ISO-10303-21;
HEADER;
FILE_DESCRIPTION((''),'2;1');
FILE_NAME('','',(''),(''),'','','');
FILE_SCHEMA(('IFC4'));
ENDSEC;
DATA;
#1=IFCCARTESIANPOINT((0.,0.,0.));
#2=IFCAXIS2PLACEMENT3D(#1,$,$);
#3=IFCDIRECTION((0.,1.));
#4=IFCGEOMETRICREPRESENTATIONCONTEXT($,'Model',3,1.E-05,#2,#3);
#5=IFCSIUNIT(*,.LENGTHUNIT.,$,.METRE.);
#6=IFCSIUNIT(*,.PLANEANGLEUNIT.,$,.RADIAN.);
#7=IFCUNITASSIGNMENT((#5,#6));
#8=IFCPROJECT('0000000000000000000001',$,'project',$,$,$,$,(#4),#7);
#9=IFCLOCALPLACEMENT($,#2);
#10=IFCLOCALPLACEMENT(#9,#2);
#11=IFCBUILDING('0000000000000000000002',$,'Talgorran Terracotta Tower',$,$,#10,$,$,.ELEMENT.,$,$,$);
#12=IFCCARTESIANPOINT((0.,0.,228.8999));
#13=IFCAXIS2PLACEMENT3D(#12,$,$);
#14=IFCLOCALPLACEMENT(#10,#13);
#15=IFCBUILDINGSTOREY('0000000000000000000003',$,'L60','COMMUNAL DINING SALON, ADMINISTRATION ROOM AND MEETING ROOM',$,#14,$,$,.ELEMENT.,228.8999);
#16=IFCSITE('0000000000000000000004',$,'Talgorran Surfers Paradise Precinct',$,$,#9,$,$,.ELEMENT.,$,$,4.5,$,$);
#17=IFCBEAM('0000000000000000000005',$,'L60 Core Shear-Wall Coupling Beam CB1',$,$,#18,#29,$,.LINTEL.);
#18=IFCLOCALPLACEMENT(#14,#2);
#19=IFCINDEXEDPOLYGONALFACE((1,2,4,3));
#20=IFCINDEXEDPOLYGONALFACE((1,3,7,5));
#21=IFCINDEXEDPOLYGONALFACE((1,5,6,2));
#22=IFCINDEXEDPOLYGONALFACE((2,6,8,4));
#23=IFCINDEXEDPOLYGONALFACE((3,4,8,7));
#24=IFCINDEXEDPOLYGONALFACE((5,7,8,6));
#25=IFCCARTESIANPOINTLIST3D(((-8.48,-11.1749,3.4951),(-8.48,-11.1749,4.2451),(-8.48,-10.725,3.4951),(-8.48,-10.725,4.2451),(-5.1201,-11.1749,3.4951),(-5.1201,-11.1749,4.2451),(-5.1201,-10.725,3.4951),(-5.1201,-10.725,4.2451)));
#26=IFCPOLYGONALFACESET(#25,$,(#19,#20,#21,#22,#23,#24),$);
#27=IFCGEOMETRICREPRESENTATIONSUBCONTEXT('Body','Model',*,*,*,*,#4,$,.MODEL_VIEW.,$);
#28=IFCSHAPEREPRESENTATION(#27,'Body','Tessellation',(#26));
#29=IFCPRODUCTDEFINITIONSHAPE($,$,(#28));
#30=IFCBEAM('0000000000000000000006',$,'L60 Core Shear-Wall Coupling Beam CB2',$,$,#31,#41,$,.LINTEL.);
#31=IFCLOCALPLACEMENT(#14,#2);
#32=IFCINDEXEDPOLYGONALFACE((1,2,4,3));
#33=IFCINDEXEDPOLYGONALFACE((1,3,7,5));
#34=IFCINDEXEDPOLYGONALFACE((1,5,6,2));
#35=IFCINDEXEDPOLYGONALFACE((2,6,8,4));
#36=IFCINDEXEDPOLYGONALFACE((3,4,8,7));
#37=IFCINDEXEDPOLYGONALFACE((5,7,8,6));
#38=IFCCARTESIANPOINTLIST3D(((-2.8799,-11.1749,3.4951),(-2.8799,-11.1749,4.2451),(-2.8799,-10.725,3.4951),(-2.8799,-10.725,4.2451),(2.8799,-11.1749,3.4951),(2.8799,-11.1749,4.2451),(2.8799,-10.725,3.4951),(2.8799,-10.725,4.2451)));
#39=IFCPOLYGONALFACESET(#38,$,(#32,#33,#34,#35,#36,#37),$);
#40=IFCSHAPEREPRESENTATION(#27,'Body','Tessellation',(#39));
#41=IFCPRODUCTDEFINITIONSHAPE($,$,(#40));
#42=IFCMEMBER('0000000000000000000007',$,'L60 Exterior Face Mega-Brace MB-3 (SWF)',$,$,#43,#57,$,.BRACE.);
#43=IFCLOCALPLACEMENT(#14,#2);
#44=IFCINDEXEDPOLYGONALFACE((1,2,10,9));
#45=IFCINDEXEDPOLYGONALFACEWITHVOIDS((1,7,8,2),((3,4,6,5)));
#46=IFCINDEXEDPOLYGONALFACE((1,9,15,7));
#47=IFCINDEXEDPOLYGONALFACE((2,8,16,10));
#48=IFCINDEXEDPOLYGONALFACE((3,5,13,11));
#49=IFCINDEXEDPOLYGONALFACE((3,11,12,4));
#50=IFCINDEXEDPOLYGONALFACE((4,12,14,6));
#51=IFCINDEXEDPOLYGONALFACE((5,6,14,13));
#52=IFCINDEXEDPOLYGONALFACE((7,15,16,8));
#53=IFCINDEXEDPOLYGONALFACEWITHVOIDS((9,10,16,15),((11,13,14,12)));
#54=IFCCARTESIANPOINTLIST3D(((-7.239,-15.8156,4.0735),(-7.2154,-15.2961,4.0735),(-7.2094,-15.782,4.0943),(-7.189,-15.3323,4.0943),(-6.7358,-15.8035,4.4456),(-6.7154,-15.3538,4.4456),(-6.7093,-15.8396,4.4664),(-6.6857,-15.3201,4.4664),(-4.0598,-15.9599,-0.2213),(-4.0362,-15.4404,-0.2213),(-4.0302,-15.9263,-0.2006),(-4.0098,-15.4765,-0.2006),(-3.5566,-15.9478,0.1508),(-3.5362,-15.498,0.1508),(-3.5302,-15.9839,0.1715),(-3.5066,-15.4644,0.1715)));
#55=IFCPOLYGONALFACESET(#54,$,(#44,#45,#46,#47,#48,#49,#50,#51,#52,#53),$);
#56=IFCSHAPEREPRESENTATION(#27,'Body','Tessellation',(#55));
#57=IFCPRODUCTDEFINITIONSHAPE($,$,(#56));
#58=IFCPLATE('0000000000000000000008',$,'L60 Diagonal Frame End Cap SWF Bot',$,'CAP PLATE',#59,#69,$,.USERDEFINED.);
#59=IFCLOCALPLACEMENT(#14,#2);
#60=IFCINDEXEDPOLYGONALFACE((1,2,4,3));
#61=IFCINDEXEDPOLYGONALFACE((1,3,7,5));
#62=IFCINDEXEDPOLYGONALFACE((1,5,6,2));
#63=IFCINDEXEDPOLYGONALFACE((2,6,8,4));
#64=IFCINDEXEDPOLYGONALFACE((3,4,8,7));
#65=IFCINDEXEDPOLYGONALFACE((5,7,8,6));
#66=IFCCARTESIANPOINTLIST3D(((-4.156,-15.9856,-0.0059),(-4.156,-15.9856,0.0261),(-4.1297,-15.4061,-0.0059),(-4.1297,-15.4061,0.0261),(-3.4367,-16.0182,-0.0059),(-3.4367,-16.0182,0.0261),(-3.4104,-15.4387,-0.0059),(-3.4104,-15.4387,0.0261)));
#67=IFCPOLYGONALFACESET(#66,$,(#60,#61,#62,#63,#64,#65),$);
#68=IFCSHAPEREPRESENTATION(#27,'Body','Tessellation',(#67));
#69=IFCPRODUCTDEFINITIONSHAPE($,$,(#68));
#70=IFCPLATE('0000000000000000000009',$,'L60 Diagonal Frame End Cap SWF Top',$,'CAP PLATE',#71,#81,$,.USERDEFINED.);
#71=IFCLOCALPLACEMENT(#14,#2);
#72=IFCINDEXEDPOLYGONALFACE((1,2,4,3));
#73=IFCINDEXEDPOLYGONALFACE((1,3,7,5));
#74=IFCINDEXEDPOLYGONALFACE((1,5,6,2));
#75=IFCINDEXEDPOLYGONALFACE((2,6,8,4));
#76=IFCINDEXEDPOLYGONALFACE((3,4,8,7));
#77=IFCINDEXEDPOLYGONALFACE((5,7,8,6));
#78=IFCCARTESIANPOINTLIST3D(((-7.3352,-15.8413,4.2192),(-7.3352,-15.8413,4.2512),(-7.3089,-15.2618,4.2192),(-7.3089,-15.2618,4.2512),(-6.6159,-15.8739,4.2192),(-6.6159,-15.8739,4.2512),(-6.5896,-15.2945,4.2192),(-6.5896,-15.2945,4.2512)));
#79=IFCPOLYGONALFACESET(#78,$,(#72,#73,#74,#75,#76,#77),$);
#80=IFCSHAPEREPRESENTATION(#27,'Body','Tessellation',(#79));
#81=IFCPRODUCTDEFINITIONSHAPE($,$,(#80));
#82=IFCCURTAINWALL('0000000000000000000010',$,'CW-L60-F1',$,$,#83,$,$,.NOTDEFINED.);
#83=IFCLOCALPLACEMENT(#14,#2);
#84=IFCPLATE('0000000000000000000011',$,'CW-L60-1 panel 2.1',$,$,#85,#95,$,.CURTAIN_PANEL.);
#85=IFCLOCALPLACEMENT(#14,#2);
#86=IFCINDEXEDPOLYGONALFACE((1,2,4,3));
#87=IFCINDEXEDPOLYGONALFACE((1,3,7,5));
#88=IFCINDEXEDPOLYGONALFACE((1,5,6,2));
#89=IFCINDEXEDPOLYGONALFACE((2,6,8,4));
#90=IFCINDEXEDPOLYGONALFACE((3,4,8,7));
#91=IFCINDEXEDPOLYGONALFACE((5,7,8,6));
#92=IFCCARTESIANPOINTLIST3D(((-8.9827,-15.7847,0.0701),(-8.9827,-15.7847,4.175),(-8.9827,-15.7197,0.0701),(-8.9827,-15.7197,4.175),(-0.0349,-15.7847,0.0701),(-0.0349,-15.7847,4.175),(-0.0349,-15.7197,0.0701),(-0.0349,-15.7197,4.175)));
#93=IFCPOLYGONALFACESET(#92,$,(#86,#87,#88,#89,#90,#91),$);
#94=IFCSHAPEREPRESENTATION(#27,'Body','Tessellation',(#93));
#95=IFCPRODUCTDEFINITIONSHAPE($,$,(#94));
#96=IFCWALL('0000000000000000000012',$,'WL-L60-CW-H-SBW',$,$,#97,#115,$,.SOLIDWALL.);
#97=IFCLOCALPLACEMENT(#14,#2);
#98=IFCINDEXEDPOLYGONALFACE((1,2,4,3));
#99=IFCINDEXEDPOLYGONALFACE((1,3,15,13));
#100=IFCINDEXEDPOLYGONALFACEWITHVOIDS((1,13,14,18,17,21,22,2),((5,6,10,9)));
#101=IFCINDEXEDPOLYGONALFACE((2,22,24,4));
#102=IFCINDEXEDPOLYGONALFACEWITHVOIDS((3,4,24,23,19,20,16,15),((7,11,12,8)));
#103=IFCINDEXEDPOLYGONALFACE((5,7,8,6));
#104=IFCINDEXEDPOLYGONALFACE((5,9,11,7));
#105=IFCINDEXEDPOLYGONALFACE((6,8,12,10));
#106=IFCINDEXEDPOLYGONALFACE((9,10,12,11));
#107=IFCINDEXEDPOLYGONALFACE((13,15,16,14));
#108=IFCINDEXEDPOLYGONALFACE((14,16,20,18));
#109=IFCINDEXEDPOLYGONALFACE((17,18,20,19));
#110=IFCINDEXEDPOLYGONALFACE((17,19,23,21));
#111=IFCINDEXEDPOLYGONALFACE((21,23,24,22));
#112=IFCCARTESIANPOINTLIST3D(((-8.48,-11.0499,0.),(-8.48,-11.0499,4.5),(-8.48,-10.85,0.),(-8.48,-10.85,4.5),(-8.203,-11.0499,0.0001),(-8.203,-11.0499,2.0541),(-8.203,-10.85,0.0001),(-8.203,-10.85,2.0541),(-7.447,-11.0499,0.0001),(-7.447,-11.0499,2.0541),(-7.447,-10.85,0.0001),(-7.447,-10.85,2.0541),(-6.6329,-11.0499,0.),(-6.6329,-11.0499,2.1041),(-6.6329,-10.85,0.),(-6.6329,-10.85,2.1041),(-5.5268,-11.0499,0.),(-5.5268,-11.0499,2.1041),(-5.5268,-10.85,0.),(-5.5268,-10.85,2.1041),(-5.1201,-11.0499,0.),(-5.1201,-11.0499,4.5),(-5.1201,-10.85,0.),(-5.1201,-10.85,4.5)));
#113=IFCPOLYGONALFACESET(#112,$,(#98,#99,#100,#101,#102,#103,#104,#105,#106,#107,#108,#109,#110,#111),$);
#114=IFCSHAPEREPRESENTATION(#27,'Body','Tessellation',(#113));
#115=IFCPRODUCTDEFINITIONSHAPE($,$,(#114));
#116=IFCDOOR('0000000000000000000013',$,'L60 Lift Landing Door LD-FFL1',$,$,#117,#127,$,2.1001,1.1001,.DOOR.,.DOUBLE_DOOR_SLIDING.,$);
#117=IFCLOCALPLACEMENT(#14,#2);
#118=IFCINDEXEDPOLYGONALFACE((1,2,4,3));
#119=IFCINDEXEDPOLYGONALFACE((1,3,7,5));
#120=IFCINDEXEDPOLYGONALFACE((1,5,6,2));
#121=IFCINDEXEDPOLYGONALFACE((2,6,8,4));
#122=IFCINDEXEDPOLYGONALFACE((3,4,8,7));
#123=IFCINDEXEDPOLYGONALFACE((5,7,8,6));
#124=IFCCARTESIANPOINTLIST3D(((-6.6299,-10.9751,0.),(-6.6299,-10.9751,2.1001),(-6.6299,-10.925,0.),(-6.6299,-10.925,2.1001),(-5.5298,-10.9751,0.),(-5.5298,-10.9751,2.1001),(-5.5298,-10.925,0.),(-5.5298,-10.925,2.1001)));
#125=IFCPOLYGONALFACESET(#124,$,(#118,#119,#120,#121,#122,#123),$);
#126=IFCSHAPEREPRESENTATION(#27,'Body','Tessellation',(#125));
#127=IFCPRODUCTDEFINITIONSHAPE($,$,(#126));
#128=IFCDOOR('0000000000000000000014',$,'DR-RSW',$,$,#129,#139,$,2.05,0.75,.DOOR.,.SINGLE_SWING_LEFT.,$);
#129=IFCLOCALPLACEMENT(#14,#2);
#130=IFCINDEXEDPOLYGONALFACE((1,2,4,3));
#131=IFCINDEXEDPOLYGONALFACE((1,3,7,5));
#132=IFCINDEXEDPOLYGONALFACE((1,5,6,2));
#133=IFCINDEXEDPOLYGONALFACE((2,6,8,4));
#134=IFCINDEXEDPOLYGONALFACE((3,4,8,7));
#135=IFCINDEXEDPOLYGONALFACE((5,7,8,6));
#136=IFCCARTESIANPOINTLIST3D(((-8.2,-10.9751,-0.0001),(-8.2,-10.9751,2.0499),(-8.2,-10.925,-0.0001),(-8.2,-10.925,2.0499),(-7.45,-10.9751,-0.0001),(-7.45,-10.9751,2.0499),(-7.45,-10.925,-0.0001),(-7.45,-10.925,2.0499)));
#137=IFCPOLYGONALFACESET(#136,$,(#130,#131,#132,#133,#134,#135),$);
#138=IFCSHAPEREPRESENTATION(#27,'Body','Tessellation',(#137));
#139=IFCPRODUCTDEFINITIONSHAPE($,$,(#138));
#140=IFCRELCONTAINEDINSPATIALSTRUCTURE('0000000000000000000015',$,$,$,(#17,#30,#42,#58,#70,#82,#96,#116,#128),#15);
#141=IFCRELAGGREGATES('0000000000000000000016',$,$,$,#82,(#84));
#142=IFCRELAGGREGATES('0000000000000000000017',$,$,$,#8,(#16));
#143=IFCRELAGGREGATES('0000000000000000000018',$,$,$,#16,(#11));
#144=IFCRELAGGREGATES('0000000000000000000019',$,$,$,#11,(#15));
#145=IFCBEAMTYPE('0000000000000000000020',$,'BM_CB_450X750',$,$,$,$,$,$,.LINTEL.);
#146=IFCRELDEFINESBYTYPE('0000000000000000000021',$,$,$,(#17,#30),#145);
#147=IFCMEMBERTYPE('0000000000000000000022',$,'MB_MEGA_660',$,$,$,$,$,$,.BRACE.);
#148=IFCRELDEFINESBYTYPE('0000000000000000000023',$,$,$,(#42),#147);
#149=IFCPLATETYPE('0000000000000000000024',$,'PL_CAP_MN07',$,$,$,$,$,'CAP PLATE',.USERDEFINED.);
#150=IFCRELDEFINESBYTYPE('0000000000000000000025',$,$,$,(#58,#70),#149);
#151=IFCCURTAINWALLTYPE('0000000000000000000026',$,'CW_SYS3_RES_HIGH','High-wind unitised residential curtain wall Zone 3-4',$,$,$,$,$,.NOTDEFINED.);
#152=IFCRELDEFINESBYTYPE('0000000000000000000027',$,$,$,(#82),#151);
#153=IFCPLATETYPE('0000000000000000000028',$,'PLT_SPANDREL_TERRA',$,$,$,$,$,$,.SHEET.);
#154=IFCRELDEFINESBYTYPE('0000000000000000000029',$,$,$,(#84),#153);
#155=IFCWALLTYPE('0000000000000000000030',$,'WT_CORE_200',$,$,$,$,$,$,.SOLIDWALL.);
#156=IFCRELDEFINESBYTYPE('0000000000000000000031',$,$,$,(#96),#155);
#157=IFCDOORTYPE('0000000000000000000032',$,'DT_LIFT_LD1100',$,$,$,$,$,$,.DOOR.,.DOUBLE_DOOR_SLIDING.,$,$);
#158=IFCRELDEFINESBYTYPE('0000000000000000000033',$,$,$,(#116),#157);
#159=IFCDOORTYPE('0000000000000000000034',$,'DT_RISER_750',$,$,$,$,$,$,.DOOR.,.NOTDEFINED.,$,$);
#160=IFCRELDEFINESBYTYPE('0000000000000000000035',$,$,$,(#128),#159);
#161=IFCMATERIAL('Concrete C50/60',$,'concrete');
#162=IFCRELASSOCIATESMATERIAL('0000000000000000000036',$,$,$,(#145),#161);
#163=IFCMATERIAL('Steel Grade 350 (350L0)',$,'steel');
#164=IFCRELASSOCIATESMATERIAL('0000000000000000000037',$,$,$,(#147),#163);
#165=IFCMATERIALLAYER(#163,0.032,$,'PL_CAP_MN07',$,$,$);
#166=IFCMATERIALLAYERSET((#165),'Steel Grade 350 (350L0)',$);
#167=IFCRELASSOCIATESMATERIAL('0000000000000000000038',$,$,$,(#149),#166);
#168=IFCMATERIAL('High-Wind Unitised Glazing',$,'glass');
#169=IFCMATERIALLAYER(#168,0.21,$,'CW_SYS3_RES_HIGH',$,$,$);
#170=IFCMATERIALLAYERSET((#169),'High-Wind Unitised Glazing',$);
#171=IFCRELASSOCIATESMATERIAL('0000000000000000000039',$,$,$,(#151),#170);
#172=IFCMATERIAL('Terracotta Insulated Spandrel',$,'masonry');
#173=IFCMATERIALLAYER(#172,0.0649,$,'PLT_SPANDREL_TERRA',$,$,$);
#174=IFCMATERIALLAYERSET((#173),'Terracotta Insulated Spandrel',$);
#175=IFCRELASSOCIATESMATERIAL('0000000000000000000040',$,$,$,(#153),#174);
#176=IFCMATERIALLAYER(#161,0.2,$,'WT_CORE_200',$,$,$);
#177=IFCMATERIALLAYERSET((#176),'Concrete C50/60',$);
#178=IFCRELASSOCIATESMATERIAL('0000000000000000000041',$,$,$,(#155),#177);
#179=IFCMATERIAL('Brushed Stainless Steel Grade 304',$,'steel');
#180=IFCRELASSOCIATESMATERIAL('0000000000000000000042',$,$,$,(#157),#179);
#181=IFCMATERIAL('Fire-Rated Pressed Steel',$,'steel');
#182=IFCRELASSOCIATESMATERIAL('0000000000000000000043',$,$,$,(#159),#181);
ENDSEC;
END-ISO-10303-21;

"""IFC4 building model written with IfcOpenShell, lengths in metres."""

from ifc_helpers import new_model, si_unit, direction, frame, frame_2d, origin, origin_2d, place, context, subcontext, project, spatial, rectangle, hollow_rectangle, extrude, source, transform, mapped, material, layer, layer_set, material_profile, profile_set, type_object, type_shapes, element, fill, aggregate, save


model = new_model("IFC4")

# Units and contexts
model_context = context("Model", 3, precision=1e-05, world=origin(), true_north=direction((0.0, 1.0)))
body_context = subcontext(model_context, "Body", "Model", "MODEL_VIEW")
ifc_project = project(units=[si_unit("LENGTHUNIT", "METRE"), si_unit("PLANEANGLEUNIT", "RADIAN")], contexts=[model_context])

# Site, building, storey
site_placement = place(None, origin())
site = spatial("IfcSite", under=ifc_project, at=site_placement, Name="Talgorran Surfers Paradise Precinct", CompositionType="ELEMENT", RefElevation=4.5)
building_placement = place(site_placement, origin())
building = spatial("IfcBuilding", under=site, at=building_placement, Name="Talgorran Terracotta Tower", CompositionType="ELEMENT")
storey_placement = place(building_placement, frame((0.0, 0.0, 228.8999)))
storey = spatial("IfcBuildingStorey", under=building, at=storey_placement, Name="L60", Description="COMMUNAL DINING SALON, ADMINISTRATION ROOM AND MEETING ROOM", CompositionType="ELEMENT", Elevation=228.8999)

# Beams
ifc_material_1 = material(Name="Concrete C50/60", Category="concrete")
ifc_material_profile_1 = material_profile(ifc_material_1, rectangle(XDim=0.45, YDim=0.75, at=origin_2d()), Name="RCCB450X750")
ifc_profile_set_1 = profile_set([ifc_material_profile_1], Name="Concrete C50/60")
beam_type = type_object("IfcBeamType", Name="BM_CB_450X750", PredefinedType="LINTEL", material=ifc_profile_set_1)
beam_1_placement = place(storey_placement, frame((-8.48, -10.95, 3.8701), z_axis=(1.0, 0.0, 0.0), x_axis=(0.0, 1.0, 0.0)))
element("IfcBeam", 1, at=beam_1_placement, inside=storey, type_object=beam_type, Name="L60 Core Shear-Wall Coupling Beam CB1", PredefinedType="LINTEL", context=body_context, shape_type="SweptSolid", body=[
    extrude(rectangle(XDim=0.45, YDim=0.75, at=origin_2d()), origin(), (0.0, 0.0, 1.0), 3.3599),
])
beam_2_placement = place(storey_placement, frame((-2.8799, -10.95, 3.8701), z_axis=(1.0, 0.0, 0.0), x_axis=(0.0, 1.0, 0.0)))
element("IfcBeam", 2, at=beam_2_placement, inside=storey, type_object=beam_type, Name="L60 Core Shear-Wall Coupling Beam CB2", PredefinedType="LINTEL", context=body_context, shape_type="SweptSolid", body=[
    extrude(rectangle(XDim=0.45, YDim=0.75, at=origin_2d()), origin(), (0.0, 0.0, 1.0), 5.7598),
])

# Member
ifc_material_2 = material(Name="Steel Grade 350 (350L0)", Category="steel")
ifc_material_profile_2 = material_profile(ifc_material_2, hollow_rectangle(XDim=0.52, YDim=0.6599, WallThickness=0.0349, at=origin_2d()), Name="WBOX660X520X35")
ifc_profile_set_2 = profile_set([ifc_material_profile_2], Name="Steel Grade 350 (350L0)")
member_type = type_object("IfcMemberType", Name="MB_MEGA_660", PredefinedType="BRACE", material=ifc_profile_set_2)
member_placement = place(storey_placement, frame((-3.7832, -15.7122, -0.0249), z_axis=(-0.594742, 0.026992, 0.803463), x_axis=(-0.045338, -0.998972, 0.0)))
element("IfcMember", 3, at=member_placement, inside=storey, type_object=member_type, Name="L60 Exterior Face Mega-Brace MB-3 (SWF)", PredefinedType="BRACE", context=body_context, shape_type="SweptSolid", body=[
    extrude(hollow_rectangle(XDim=0.52, YDim=0.6599, WallThickness=0.0349, at=origin_2d()), origin(), (0.0, 0.0, 1.0), 5.3455),
])

# Plates
ifc_layer_1 = layer(ifc_material_2, 0.032, Name="PL_CAP_MN07")
ifc_layer_set_1 = layer_set([ifc_layer_1], Name="Steel Grade 350 (350L0)")
plate_type_1 = type_object("IfcPlateType", Name="PL_CAP_MN07", ElementType="CAP PLATE", PredefinedType="USERDEFINED", material=ifc_layer_set_1)
for number, where, z_axis, x_axis, name in (
    (4, (-3.7832, -15.7122, -0.0059), (0.0, 0.0, 1.0), (-0.998971, 0.045363, 0.0), "L60 Diagonal Frame End Cap SWF Bot"),
    (5, (-6.9624, -15.5679, 4.2192), (0.0, 0.0, 1.0), (-0.998971, 0.045363, 0.0), "L60 Diagonal Frame End Cap SWF Top"),
):
    element("IfcPlate", number, at=place(storey_placement, frame(where, z_axis=z_axis, x_axis=x_axis)), inside=storey, type_object=plate_type_1, Name=name, ObjectType="CAP PLATE", PredefinedType="USERDEFINED", context=body_context, shape_type="SweptSolid", body=[
        extrude(rectangle(XDim=0.72, YDim=0.5801, at=origin_2d()), origin(), (0.0, 0.0, 1.0), 0.032),
    ])

# Curtain wall, plate
ifc_material_3 = material(Name="High-Wind Unitised Glazing", Category="glass")
ifc_layer_2 = layer(ifc_material_3, 0.21, Name="CW_SYS3_RES_HIGH")
ifc_layer_set_2 = layer_set([ifc_layer_2], Name="High-Wind Unitised Glazing")
curtain_wall_type = type_object("IfcCurtainWallType", Name="CW_SYS3_RES_HIGH", Description="High-wind unitised residential curtain wall Zone 3-4", PredefinedType="NOTDEFINED", material=ifc_layer_set_2)
curtain_wall_placement = place(storey_placement, origin())
curtain_wall = element("IfcCurtainWall", 6, at=curtain_wall_placement, inside=storey, type_object=curtain_wall_type, Name="CW-L60-F1", PredefinedType="NOTDEFINED")
ifc_material_4 = material(Name="Terracotta Insulated Spandrel", Category="masonry")
ifc_layer_3 = layer(ifc_material_4, 0.0649, Name="PLT_SPANDREL_TERRA")
ifc_layer_set_3 = layer_set([ifc_layer_3], Name="Terracotta Insulated Spandrel")
plate_type_2 = type_object("IfcPlateType", Name="PLT_SPANDREL_TERRA", PredefinedType="SHEET", material=ifc_layer_set_3)
shared_shape = source(origin(), body_context, "Body", "SweptSolid", [
    extrude(rectangle(XDim=8.9478, YDim=0.0649, at=origin_2d()), origin(), (0.0, 0.0, 1.0), 4.105),
])
type_shapes(plate_type_2, [shared_shape])
plate_placement = place(storey_placement, frame((-4.5088, -15.7522, 0.0701), z_axis=(0.0, 0.0, 1.0), x_axis=(1.0, 0.0, 0.0)))
plate = element("IfcPlate", 7, at=plate_placement, type_object=plate_type_2, Name="CW-L60-1 panel 2.1", PredefinedType="CURTAIN_PANEL", context=body_context, shape_type="MappedRepresentation", body=[
    mapped(shared_shape, transform((0.0, 0.0, 0.0), scale=1.0)),
])
aggregate(curtain_wall, [plate])

# Wall, openings, doors
ifc_layer_4 = layer(ifc_material_1, 0.2, Name="WT_CORE_200")
ifc_layer_set_4 = layer_set([ifc_layer_4], Name="Concrete C50/60")
wall_type_1 = type_object("IfcWallType", Name="WT_CORE_200", PredefinedType="SOLIDWALL", material=ifc_layer_set_4)
wall_1_placement = place(storey_placement, frame((-8.48, -10.95, 0.0), z_axis=(0.0, 0.0, 1.0), x_axis=(1.0, 0.0, 0.0)))
wall_1 = element("IfcWall", 8, at=wall_1_placement, inside=storey, type_object=wall_type_1, Name="WL-L60-CW-H-SBW", PredefinedType="SOLIDWALL", context=body_context, shape_type="SweptSolid", body=[
    extrude(rectangle(XDim=3.3599, YDim=0.2, at=frame_2d((1.6799, 0.0))), origin(), (0.0, 0.0, 1.0), 4.5),
])
opening_1_placement = place(wall_1_placement, frame((0.28, 0.0, 0.0)))
opening_1 = element("IfcOpeningElement", 9, at=opening_1_placement, cuts=wall_1, PredefinedType="OPENING", context=body_context, shape_type="SweptSolid", body=[
    extrude(rectangle(XDim=0.756, YDim=2.054, at=frame_2d((0.375, 1.0271))), frame((0.0, 0.1099, 0.0), z_axis=(0.0, -1.0, 0.0), x_axis=(1.0, 0.0, 0.0)), (0.0, 0.0, 1.0), 0.22),
])
opening_2_placement = place(wall_1_placement, frame((1.8501, 0.0, 0.0)))
opening_2 = element("IfcOpeningElement", 10, at=opening_2_placement, cuts=wall_1, PredefinedType="OPENING", context=body_context, shape_type="SweptSolid", body=[
    extrude(rectangle(XDim=1.1061, YDim=2.1041, at=frame_2d((0.55, 1.052))), frame((0.0, 0.1099, 0.0), z_axis=(0.0, -1.0, 0.0), x_axis=(1.0, 0.0, 0.0)), (0.0, 0.0, 1.0), 0.22),
])
ifc_material_5 = material(Name="Brushed Stainless Steel Grade 304", Category="steel")
door_type_1 = type_object("IfcDoorType", Name="DT_LIFT_LD1100", OperationType="DOUBLE_DOOR_SLIDING", PredefinedType="DOOR", material=ifc_material_5)
door_1_placement = place(opening_2_placement, origin())
door_1 = element("IfcDoor", 11, at=door_1_placement, inside=storey, type_object=door_type_1, Name="L60 Lift Landing Door LD-FFL1", OperationType="DOUBLE_DOOR_SLIDING", OverallHeight=2.1001, OverallWidth=1.1001, PredefinedType="DOOR", context=body_context, shape_type="SweptSolid", body=[
    extrude(rectangle(XDim=1.1001, YDim=2.1001, at=frame_2d((0.55, 1.05))), frame((0.0, 0.0249, 0.0), z_axis=(0.0, -1.0, 0.0), x_axis=(1.0, 0.0, 0.0)), (0.0, 0.0, 1.0), 0.05),
])
fill(opening_2, door_1)
ifc_material_6 = material(Name="Fire-Rated Pressed Steel", Category="steel")
door_type_2 = type_object("IfcDoorType", Name="DT_RISER_750", OperationType="NOTDEFINED", PredefinedType="DOOR", material=ifc_material_6)
door_2_placement = place(opening_1_placement, origin())
door_2 = element("IfcDoor", 12, at=door_2_placement, inside=storey, type_object=door_type_2, Name="DR-RSW", OperationType="SINGLE_SWING_LEFT", OverallHeight=2.05, OverallWidth=0.75, PredefinedType="DOOR", context=body_context, shape_type="SweptSolid", body=[
    extrude(rectangle(XDim=0.75, YDim=2.05, at=frame_2d((0.375, 1.0249))), frame((0.0, 0.0249, 0.0), z_axis=(0.0, -1.0, 0.0), x_axis=(1.0, 0.0, 0.0)), (0.0, 0.0, 1.0), 0.05),
])
fill(opening_1, door_2)

save(model, "model.ifc")
